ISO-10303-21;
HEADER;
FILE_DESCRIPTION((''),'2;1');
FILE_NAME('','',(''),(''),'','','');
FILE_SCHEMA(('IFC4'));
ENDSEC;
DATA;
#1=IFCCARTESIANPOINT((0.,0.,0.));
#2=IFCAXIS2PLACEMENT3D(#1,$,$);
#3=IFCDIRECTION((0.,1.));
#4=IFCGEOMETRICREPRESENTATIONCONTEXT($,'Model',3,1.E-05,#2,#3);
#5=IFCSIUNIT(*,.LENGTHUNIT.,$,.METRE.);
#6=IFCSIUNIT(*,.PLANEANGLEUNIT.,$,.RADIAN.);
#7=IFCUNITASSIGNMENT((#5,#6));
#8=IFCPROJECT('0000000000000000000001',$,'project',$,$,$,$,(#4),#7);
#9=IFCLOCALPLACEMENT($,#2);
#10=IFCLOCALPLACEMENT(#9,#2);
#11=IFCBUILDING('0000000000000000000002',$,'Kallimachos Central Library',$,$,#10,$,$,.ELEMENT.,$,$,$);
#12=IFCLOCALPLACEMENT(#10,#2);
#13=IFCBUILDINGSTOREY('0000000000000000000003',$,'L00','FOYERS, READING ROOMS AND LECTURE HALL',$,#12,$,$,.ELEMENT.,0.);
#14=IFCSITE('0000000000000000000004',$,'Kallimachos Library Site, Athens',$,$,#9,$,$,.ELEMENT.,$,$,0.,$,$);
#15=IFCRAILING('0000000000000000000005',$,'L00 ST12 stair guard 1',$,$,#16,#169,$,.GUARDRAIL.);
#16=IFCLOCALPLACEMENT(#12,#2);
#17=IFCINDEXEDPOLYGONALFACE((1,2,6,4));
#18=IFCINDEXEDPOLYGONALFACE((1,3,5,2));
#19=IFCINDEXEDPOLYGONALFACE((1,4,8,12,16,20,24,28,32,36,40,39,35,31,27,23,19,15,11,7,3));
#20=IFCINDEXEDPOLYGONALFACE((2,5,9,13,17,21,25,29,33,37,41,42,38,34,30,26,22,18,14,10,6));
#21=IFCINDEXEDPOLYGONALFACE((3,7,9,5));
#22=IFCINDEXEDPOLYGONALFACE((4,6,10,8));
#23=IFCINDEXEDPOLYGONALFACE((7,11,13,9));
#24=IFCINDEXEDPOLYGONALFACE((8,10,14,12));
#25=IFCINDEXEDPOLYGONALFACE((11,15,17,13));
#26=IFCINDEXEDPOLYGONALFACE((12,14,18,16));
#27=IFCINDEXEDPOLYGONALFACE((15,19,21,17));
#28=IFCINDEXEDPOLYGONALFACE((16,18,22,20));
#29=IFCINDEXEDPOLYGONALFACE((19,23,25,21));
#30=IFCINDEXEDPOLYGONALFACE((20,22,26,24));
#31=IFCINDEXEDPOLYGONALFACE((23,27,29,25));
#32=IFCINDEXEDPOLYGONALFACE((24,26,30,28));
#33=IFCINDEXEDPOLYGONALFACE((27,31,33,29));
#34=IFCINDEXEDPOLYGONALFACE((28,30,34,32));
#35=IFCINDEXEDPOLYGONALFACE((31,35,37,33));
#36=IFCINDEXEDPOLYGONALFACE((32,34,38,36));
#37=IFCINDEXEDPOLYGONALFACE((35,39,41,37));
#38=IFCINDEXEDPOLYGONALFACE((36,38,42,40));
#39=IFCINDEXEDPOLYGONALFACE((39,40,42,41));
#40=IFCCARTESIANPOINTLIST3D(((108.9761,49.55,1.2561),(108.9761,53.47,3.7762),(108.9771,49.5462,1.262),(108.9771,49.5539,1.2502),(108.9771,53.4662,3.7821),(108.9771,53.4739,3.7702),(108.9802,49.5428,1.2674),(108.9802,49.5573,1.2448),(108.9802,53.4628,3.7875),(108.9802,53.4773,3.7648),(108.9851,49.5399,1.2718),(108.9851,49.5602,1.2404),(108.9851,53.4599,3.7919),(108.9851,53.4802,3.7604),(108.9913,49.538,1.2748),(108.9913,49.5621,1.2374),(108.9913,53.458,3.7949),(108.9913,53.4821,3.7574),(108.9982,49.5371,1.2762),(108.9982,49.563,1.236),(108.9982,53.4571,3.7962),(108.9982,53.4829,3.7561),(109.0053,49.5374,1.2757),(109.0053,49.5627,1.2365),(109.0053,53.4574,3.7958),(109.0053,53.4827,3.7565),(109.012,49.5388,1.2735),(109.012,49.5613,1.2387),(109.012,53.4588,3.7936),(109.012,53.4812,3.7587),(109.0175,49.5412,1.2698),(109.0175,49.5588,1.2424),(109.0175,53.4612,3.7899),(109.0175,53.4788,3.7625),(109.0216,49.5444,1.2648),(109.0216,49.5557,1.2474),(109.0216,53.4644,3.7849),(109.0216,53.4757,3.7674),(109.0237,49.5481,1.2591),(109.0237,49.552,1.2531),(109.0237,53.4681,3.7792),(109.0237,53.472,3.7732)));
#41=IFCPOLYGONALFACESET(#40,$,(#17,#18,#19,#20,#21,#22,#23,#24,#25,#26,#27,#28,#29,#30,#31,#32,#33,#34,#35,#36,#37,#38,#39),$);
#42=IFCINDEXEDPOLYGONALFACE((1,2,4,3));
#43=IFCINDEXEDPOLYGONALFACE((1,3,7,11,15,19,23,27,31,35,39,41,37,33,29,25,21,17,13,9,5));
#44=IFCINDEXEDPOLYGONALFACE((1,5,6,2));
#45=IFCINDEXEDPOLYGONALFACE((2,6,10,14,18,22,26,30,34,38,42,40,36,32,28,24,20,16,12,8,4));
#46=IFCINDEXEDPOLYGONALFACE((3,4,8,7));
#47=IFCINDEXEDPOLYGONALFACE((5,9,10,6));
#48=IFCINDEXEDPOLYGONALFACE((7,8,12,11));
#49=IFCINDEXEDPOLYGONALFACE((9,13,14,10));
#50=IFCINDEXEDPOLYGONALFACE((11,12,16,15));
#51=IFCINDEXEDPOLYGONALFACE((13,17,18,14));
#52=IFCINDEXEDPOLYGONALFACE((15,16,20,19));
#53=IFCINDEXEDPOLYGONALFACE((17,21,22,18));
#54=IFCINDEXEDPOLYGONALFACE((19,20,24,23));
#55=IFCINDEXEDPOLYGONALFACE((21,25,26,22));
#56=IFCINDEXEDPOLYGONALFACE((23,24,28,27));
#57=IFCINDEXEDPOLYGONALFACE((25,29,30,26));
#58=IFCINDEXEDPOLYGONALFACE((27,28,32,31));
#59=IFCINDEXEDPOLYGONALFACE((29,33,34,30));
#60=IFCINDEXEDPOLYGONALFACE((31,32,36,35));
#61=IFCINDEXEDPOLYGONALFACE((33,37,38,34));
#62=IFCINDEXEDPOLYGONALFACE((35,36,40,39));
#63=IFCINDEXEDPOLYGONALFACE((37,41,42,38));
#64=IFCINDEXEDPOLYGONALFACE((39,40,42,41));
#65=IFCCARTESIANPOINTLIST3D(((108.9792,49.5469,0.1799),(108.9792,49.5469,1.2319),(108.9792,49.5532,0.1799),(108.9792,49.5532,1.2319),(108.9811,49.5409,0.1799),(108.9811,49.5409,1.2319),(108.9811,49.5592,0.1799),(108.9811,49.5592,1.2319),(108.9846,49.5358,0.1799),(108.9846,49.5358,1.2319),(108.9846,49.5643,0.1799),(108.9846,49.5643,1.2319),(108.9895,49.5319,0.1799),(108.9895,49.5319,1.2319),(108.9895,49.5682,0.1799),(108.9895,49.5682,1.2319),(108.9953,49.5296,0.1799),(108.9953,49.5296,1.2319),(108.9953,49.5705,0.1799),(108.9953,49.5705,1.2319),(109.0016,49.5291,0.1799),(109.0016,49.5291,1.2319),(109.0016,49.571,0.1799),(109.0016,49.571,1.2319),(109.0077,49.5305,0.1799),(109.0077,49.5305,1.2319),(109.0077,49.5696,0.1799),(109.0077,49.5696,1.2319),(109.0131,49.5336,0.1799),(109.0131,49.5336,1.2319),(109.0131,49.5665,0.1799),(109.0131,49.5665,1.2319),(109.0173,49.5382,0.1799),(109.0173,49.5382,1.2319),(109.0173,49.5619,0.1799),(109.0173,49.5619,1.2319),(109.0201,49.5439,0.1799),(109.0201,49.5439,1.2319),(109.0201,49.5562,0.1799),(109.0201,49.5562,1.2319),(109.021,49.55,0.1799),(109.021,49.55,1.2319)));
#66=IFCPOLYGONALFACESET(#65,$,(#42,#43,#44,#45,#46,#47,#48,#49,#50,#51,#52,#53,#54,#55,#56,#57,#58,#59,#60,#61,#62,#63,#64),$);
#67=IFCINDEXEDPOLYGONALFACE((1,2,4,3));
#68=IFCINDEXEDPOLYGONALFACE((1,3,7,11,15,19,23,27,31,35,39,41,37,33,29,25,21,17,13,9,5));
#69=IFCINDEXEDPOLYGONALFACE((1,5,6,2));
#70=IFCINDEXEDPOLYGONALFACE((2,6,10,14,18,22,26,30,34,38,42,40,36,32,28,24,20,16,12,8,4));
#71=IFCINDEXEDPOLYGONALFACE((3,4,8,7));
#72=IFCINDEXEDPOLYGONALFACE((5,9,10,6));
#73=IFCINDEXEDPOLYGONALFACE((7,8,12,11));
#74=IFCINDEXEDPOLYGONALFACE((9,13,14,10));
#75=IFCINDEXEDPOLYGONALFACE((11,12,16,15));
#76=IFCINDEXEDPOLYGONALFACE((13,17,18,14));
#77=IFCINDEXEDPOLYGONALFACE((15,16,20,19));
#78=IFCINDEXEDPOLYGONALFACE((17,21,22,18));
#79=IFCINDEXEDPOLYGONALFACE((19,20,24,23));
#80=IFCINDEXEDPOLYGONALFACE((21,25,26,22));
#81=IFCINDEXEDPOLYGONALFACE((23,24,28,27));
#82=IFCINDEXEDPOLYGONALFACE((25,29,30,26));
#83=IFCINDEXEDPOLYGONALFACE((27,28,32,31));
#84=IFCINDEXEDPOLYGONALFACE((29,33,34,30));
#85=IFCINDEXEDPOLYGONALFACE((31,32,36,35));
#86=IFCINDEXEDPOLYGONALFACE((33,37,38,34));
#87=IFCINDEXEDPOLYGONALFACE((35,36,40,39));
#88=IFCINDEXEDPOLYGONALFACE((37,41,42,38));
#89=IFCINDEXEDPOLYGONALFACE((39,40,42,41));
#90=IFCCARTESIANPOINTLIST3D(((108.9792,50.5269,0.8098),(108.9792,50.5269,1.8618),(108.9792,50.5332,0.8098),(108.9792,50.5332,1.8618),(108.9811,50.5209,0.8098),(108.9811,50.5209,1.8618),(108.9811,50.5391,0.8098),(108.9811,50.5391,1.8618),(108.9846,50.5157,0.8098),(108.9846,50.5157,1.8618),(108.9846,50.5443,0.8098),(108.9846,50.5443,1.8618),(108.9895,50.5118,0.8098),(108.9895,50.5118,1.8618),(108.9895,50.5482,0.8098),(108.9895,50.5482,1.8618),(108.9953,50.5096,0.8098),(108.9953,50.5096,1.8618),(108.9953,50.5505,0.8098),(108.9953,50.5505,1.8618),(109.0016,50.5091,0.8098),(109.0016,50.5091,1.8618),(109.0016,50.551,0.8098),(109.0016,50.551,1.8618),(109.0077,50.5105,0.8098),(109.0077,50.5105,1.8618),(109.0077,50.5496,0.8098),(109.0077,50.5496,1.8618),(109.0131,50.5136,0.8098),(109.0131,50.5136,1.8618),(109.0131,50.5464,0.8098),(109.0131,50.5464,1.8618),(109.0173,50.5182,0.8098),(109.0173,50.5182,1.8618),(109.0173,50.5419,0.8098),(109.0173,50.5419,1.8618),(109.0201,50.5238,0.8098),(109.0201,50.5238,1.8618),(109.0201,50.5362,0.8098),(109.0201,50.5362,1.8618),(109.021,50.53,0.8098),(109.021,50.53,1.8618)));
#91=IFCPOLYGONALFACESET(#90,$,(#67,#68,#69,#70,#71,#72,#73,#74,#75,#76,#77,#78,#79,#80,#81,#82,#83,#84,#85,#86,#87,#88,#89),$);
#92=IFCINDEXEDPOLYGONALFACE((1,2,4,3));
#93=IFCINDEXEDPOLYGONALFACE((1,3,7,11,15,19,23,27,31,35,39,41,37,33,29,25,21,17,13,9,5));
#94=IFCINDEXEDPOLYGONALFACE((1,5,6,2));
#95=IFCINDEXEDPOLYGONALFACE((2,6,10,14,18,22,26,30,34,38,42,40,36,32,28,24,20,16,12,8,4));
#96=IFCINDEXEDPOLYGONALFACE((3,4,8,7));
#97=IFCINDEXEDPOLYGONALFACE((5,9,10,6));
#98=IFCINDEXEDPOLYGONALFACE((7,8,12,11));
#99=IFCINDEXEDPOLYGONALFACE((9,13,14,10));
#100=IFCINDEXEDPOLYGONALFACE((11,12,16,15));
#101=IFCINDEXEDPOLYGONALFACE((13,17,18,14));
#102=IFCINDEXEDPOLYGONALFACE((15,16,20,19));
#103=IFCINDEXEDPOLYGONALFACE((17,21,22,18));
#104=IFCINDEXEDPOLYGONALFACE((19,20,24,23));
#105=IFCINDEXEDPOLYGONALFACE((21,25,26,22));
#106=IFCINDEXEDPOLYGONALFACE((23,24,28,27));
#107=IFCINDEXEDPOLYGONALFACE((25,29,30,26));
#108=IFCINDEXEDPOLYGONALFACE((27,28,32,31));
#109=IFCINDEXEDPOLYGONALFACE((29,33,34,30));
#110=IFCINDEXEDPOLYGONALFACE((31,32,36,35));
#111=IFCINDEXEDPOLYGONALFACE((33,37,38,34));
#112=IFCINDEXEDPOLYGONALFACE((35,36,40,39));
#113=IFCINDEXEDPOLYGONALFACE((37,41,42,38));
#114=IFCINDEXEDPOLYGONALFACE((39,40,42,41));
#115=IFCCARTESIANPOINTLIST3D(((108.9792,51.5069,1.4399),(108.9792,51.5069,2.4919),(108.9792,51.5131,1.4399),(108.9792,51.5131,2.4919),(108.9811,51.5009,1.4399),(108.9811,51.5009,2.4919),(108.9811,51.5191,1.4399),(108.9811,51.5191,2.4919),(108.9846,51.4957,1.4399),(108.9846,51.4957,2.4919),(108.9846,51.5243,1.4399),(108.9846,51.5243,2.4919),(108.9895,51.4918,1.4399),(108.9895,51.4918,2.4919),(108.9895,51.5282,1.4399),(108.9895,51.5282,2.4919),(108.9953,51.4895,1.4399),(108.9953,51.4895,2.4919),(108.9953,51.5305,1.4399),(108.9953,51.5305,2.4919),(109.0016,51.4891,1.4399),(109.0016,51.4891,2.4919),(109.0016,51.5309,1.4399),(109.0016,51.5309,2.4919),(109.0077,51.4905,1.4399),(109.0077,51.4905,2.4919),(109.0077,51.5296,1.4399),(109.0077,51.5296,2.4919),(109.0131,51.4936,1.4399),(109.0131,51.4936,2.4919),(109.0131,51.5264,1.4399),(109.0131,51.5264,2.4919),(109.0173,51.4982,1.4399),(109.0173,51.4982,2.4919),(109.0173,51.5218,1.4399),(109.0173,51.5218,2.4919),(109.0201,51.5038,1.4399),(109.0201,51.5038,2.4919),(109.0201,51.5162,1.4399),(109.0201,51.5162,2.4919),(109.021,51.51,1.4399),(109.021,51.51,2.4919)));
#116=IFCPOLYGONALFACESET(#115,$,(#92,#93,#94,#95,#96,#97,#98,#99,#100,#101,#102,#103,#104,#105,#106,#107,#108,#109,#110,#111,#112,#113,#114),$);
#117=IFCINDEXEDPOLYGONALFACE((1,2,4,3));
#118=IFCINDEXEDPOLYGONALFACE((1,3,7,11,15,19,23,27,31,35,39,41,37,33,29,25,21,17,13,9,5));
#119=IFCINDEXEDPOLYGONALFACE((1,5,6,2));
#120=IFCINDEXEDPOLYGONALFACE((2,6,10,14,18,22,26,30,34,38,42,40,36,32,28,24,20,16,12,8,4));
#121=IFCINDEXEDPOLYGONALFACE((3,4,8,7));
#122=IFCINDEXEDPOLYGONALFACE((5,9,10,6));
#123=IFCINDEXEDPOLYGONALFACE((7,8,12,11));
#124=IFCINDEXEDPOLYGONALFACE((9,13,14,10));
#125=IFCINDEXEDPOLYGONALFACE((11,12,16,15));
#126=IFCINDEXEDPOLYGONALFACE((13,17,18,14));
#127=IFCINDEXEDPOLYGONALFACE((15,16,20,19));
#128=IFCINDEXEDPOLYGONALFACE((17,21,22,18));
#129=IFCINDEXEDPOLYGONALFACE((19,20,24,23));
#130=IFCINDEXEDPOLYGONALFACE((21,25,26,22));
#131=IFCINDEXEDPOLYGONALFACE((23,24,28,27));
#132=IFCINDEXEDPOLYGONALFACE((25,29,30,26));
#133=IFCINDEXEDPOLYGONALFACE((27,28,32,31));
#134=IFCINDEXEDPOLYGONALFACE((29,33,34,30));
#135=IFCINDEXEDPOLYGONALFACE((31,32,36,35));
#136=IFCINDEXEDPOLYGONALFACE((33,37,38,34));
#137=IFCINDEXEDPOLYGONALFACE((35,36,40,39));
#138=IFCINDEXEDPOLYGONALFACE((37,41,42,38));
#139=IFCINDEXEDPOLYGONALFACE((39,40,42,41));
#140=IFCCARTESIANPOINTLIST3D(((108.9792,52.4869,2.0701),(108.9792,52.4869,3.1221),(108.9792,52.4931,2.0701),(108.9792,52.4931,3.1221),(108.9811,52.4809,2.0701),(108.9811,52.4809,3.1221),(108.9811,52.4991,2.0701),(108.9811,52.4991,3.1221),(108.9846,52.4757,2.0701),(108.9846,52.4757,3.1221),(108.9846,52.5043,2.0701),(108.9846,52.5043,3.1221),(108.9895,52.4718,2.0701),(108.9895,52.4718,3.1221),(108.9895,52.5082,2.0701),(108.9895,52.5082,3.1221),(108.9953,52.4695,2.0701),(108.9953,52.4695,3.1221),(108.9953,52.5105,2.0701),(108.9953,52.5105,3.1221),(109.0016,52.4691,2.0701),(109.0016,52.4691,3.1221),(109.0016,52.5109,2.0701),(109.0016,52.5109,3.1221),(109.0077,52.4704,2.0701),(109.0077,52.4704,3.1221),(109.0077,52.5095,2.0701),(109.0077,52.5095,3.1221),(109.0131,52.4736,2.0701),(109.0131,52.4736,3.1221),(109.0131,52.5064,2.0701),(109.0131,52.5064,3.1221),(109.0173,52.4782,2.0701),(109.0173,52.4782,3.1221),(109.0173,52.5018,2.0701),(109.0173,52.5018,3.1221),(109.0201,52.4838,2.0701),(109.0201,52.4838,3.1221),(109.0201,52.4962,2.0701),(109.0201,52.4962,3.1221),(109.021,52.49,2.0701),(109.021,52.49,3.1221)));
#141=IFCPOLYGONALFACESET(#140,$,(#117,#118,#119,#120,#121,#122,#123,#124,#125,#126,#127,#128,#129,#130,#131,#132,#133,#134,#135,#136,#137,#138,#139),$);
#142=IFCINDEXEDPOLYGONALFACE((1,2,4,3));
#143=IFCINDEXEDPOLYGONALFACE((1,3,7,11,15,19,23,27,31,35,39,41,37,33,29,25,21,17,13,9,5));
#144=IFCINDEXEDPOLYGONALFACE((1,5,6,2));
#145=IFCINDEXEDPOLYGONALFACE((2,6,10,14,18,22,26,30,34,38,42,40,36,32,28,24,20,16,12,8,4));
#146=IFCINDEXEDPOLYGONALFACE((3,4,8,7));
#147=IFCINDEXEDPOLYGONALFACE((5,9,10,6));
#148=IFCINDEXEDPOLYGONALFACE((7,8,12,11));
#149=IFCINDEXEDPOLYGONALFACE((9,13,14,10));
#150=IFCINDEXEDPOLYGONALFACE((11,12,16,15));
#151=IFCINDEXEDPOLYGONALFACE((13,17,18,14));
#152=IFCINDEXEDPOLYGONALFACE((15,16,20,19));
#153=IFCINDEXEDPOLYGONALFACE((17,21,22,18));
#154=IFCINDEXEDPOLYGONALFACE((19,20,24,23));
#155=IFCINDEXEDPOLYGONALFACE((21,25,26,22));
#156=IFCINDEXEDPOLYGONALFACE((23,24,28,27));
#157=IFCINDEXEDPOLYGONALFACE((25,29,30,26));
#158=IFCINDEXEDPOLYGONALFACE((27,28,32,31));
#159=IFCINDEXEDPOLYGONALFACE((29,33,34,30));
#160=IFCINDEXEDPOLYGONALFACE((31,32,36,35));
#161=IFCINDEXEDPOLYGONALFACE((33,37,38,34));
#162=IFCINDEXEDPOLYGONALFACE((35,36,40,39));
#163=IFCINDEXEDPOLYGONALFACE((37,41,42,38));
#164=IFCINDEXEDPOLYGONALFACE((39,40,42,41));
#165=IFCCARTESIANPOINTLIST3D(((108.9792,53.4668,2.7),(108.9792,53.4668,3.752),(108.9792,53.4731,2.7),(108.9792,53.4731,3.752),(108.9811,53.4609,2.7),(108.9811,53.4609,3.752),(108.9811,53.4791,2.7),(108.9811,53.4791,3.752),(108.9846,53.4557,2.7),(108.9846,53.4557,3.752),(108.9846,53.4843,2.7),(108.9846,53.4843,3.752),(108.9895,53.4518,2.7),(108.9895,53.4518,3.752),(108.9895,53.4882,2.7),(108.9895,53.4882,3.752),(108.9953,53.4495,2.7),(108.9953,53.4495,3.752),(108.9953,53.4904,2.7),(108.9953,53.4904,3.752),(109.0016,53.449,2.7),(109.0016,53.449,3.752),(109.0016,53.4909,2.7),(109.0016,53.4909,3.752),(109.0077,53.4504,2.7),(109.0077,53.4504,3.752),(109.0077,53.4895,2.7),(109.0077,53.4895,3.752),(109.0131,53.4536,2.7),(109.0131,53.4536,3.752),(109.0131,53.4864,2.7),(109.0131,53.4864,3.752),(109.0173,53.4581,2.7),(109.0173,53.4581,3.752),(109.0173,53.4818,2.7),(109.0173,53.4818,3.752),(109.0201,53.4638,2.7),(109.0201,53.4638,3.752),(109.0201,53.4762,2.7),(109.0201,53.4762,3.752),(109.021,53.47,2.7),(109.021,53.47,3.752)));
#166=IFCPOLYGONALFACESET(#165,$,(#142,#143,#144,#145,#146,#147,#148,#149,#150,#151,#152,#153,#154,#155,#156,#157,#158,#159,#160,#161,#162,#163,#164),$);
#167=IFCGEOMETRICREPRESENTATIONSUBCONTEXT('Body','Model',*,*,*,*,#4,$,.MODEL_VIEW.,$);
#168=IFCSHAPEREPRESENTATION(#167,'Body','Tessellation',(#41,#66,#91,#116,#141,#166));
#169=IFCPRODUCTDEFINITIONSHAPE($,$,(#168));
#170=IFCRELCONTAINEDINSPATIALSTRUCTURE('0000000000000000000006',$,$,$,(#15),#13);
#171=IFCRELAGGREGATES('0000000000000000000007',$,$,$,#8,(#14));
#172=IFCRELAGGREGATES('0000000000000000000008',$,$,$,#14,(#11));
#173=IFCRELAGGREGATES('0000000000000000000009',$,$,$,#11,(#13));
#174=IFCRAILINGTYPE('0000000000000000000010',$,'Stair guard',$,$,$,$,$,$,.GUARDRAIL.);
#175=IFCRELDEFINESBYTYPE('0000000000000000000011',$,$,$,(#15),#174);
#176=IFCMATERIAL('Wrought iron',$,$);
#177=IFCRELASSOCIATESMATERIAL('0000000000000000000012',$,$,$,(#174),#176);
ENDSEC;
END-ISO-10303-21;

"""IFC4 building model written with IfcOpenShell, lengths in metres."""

from ifc_helpers import new_model, si_unit, direction, frame, origin, origin_2d, place, context, subcontext, project, spatial, circle, extrude, material, type_object, element, save


model = new_model("IFC4")

# Units and contexts
model_context = context("Model", 3, precision=1e-05, world=origin(), true_north=direction((0.0, 1.0)))
body_context = subcontext(model_context, "Body", "Model", "MODEL_VIEW")
ifc_project = project(units=[si_unit("LENGTHUNIT", "METRE"), si_unit("PLANEANGLEUNIT", "RADIAN")], contexts=[model_context])

# Site, building, storey
site_placement = place(None, origin())
site = spatial("IfcSite", under=ifc_project, at=site_placement, Name="Kallimachos Library Site, Athens", CompositionType="ELEMENT", RefElevation=0.0)
building_placement = place(site_placement, origin())
building = spatial("IfcBuilding", under=site, at=building_placement, Name="Kallimachos Central Library", CompositionType="ELEMENT")
storey_placement = place(building_placement, origin())
storey = spatial("IfcBuildingStorey", under=building, at=storey_placement, Name="L00", Description="FOYERS, READING ROOMS AND LECTURE HALL", CompositionType="ELEMENT", Elevation=0.0)

# Railing
ifc_material_1 = material(Name="Wrought iron")
railing_type_1 = type_object("IfcRailingType", Name="Stair guard", PredefinedType="GUARDRAIL", material=ifc_material_1)
railing_1_placement = place(storey_placement, frame((109.0, 49.55, 0.1799)))
element("IfcRailing", 1, at=railing_1_placement, inside=storey, type_object=railing_type_1, Name="L00 ST12 stair guard 1", PredefinedType="GUARDRAIL", context=body_context, shape_type="SweptSolid", body=[
    extrude(circle(Radius=0.0239, at=origin_2d()), frame((0.0, 0.0, 1.0762), z_axis=(0.0, 0.841172, 0.540768), x_axis=(-1.0, 0.0, 0.0)), (0.0, 0.0, 1.0), 4.6602),
    extrude(circle(Radius=0.021, at=origin_2d()), origin(), (0.0, 0.0, 1.0), 1.052),
    extrude(circle(Radius=0.021, at=origin_2d()), frame((0.0, 0.98, 0.6299)), (0.0, 0.0, 1.0), 1.052),
    extrude(circle(Radius=0.021, at=origin_2d()), frame((0.0, 1.96, 1.26)), (0.0, 0.0, 1.0), 1.052),
    extrude(circle(Radius=0.021, at=origin_2d()), frame((0.0, 2.9399, 1.8901)), (0.0, 0.0, 1.0), 1.052),
    extrude(circle(Radius=0.021, at=origin_2d()), frame((0.0, 3.9199, 2.52)), (0.0, 0.0, 1.0), 1.052),
])

save(model, "model.ifc")
